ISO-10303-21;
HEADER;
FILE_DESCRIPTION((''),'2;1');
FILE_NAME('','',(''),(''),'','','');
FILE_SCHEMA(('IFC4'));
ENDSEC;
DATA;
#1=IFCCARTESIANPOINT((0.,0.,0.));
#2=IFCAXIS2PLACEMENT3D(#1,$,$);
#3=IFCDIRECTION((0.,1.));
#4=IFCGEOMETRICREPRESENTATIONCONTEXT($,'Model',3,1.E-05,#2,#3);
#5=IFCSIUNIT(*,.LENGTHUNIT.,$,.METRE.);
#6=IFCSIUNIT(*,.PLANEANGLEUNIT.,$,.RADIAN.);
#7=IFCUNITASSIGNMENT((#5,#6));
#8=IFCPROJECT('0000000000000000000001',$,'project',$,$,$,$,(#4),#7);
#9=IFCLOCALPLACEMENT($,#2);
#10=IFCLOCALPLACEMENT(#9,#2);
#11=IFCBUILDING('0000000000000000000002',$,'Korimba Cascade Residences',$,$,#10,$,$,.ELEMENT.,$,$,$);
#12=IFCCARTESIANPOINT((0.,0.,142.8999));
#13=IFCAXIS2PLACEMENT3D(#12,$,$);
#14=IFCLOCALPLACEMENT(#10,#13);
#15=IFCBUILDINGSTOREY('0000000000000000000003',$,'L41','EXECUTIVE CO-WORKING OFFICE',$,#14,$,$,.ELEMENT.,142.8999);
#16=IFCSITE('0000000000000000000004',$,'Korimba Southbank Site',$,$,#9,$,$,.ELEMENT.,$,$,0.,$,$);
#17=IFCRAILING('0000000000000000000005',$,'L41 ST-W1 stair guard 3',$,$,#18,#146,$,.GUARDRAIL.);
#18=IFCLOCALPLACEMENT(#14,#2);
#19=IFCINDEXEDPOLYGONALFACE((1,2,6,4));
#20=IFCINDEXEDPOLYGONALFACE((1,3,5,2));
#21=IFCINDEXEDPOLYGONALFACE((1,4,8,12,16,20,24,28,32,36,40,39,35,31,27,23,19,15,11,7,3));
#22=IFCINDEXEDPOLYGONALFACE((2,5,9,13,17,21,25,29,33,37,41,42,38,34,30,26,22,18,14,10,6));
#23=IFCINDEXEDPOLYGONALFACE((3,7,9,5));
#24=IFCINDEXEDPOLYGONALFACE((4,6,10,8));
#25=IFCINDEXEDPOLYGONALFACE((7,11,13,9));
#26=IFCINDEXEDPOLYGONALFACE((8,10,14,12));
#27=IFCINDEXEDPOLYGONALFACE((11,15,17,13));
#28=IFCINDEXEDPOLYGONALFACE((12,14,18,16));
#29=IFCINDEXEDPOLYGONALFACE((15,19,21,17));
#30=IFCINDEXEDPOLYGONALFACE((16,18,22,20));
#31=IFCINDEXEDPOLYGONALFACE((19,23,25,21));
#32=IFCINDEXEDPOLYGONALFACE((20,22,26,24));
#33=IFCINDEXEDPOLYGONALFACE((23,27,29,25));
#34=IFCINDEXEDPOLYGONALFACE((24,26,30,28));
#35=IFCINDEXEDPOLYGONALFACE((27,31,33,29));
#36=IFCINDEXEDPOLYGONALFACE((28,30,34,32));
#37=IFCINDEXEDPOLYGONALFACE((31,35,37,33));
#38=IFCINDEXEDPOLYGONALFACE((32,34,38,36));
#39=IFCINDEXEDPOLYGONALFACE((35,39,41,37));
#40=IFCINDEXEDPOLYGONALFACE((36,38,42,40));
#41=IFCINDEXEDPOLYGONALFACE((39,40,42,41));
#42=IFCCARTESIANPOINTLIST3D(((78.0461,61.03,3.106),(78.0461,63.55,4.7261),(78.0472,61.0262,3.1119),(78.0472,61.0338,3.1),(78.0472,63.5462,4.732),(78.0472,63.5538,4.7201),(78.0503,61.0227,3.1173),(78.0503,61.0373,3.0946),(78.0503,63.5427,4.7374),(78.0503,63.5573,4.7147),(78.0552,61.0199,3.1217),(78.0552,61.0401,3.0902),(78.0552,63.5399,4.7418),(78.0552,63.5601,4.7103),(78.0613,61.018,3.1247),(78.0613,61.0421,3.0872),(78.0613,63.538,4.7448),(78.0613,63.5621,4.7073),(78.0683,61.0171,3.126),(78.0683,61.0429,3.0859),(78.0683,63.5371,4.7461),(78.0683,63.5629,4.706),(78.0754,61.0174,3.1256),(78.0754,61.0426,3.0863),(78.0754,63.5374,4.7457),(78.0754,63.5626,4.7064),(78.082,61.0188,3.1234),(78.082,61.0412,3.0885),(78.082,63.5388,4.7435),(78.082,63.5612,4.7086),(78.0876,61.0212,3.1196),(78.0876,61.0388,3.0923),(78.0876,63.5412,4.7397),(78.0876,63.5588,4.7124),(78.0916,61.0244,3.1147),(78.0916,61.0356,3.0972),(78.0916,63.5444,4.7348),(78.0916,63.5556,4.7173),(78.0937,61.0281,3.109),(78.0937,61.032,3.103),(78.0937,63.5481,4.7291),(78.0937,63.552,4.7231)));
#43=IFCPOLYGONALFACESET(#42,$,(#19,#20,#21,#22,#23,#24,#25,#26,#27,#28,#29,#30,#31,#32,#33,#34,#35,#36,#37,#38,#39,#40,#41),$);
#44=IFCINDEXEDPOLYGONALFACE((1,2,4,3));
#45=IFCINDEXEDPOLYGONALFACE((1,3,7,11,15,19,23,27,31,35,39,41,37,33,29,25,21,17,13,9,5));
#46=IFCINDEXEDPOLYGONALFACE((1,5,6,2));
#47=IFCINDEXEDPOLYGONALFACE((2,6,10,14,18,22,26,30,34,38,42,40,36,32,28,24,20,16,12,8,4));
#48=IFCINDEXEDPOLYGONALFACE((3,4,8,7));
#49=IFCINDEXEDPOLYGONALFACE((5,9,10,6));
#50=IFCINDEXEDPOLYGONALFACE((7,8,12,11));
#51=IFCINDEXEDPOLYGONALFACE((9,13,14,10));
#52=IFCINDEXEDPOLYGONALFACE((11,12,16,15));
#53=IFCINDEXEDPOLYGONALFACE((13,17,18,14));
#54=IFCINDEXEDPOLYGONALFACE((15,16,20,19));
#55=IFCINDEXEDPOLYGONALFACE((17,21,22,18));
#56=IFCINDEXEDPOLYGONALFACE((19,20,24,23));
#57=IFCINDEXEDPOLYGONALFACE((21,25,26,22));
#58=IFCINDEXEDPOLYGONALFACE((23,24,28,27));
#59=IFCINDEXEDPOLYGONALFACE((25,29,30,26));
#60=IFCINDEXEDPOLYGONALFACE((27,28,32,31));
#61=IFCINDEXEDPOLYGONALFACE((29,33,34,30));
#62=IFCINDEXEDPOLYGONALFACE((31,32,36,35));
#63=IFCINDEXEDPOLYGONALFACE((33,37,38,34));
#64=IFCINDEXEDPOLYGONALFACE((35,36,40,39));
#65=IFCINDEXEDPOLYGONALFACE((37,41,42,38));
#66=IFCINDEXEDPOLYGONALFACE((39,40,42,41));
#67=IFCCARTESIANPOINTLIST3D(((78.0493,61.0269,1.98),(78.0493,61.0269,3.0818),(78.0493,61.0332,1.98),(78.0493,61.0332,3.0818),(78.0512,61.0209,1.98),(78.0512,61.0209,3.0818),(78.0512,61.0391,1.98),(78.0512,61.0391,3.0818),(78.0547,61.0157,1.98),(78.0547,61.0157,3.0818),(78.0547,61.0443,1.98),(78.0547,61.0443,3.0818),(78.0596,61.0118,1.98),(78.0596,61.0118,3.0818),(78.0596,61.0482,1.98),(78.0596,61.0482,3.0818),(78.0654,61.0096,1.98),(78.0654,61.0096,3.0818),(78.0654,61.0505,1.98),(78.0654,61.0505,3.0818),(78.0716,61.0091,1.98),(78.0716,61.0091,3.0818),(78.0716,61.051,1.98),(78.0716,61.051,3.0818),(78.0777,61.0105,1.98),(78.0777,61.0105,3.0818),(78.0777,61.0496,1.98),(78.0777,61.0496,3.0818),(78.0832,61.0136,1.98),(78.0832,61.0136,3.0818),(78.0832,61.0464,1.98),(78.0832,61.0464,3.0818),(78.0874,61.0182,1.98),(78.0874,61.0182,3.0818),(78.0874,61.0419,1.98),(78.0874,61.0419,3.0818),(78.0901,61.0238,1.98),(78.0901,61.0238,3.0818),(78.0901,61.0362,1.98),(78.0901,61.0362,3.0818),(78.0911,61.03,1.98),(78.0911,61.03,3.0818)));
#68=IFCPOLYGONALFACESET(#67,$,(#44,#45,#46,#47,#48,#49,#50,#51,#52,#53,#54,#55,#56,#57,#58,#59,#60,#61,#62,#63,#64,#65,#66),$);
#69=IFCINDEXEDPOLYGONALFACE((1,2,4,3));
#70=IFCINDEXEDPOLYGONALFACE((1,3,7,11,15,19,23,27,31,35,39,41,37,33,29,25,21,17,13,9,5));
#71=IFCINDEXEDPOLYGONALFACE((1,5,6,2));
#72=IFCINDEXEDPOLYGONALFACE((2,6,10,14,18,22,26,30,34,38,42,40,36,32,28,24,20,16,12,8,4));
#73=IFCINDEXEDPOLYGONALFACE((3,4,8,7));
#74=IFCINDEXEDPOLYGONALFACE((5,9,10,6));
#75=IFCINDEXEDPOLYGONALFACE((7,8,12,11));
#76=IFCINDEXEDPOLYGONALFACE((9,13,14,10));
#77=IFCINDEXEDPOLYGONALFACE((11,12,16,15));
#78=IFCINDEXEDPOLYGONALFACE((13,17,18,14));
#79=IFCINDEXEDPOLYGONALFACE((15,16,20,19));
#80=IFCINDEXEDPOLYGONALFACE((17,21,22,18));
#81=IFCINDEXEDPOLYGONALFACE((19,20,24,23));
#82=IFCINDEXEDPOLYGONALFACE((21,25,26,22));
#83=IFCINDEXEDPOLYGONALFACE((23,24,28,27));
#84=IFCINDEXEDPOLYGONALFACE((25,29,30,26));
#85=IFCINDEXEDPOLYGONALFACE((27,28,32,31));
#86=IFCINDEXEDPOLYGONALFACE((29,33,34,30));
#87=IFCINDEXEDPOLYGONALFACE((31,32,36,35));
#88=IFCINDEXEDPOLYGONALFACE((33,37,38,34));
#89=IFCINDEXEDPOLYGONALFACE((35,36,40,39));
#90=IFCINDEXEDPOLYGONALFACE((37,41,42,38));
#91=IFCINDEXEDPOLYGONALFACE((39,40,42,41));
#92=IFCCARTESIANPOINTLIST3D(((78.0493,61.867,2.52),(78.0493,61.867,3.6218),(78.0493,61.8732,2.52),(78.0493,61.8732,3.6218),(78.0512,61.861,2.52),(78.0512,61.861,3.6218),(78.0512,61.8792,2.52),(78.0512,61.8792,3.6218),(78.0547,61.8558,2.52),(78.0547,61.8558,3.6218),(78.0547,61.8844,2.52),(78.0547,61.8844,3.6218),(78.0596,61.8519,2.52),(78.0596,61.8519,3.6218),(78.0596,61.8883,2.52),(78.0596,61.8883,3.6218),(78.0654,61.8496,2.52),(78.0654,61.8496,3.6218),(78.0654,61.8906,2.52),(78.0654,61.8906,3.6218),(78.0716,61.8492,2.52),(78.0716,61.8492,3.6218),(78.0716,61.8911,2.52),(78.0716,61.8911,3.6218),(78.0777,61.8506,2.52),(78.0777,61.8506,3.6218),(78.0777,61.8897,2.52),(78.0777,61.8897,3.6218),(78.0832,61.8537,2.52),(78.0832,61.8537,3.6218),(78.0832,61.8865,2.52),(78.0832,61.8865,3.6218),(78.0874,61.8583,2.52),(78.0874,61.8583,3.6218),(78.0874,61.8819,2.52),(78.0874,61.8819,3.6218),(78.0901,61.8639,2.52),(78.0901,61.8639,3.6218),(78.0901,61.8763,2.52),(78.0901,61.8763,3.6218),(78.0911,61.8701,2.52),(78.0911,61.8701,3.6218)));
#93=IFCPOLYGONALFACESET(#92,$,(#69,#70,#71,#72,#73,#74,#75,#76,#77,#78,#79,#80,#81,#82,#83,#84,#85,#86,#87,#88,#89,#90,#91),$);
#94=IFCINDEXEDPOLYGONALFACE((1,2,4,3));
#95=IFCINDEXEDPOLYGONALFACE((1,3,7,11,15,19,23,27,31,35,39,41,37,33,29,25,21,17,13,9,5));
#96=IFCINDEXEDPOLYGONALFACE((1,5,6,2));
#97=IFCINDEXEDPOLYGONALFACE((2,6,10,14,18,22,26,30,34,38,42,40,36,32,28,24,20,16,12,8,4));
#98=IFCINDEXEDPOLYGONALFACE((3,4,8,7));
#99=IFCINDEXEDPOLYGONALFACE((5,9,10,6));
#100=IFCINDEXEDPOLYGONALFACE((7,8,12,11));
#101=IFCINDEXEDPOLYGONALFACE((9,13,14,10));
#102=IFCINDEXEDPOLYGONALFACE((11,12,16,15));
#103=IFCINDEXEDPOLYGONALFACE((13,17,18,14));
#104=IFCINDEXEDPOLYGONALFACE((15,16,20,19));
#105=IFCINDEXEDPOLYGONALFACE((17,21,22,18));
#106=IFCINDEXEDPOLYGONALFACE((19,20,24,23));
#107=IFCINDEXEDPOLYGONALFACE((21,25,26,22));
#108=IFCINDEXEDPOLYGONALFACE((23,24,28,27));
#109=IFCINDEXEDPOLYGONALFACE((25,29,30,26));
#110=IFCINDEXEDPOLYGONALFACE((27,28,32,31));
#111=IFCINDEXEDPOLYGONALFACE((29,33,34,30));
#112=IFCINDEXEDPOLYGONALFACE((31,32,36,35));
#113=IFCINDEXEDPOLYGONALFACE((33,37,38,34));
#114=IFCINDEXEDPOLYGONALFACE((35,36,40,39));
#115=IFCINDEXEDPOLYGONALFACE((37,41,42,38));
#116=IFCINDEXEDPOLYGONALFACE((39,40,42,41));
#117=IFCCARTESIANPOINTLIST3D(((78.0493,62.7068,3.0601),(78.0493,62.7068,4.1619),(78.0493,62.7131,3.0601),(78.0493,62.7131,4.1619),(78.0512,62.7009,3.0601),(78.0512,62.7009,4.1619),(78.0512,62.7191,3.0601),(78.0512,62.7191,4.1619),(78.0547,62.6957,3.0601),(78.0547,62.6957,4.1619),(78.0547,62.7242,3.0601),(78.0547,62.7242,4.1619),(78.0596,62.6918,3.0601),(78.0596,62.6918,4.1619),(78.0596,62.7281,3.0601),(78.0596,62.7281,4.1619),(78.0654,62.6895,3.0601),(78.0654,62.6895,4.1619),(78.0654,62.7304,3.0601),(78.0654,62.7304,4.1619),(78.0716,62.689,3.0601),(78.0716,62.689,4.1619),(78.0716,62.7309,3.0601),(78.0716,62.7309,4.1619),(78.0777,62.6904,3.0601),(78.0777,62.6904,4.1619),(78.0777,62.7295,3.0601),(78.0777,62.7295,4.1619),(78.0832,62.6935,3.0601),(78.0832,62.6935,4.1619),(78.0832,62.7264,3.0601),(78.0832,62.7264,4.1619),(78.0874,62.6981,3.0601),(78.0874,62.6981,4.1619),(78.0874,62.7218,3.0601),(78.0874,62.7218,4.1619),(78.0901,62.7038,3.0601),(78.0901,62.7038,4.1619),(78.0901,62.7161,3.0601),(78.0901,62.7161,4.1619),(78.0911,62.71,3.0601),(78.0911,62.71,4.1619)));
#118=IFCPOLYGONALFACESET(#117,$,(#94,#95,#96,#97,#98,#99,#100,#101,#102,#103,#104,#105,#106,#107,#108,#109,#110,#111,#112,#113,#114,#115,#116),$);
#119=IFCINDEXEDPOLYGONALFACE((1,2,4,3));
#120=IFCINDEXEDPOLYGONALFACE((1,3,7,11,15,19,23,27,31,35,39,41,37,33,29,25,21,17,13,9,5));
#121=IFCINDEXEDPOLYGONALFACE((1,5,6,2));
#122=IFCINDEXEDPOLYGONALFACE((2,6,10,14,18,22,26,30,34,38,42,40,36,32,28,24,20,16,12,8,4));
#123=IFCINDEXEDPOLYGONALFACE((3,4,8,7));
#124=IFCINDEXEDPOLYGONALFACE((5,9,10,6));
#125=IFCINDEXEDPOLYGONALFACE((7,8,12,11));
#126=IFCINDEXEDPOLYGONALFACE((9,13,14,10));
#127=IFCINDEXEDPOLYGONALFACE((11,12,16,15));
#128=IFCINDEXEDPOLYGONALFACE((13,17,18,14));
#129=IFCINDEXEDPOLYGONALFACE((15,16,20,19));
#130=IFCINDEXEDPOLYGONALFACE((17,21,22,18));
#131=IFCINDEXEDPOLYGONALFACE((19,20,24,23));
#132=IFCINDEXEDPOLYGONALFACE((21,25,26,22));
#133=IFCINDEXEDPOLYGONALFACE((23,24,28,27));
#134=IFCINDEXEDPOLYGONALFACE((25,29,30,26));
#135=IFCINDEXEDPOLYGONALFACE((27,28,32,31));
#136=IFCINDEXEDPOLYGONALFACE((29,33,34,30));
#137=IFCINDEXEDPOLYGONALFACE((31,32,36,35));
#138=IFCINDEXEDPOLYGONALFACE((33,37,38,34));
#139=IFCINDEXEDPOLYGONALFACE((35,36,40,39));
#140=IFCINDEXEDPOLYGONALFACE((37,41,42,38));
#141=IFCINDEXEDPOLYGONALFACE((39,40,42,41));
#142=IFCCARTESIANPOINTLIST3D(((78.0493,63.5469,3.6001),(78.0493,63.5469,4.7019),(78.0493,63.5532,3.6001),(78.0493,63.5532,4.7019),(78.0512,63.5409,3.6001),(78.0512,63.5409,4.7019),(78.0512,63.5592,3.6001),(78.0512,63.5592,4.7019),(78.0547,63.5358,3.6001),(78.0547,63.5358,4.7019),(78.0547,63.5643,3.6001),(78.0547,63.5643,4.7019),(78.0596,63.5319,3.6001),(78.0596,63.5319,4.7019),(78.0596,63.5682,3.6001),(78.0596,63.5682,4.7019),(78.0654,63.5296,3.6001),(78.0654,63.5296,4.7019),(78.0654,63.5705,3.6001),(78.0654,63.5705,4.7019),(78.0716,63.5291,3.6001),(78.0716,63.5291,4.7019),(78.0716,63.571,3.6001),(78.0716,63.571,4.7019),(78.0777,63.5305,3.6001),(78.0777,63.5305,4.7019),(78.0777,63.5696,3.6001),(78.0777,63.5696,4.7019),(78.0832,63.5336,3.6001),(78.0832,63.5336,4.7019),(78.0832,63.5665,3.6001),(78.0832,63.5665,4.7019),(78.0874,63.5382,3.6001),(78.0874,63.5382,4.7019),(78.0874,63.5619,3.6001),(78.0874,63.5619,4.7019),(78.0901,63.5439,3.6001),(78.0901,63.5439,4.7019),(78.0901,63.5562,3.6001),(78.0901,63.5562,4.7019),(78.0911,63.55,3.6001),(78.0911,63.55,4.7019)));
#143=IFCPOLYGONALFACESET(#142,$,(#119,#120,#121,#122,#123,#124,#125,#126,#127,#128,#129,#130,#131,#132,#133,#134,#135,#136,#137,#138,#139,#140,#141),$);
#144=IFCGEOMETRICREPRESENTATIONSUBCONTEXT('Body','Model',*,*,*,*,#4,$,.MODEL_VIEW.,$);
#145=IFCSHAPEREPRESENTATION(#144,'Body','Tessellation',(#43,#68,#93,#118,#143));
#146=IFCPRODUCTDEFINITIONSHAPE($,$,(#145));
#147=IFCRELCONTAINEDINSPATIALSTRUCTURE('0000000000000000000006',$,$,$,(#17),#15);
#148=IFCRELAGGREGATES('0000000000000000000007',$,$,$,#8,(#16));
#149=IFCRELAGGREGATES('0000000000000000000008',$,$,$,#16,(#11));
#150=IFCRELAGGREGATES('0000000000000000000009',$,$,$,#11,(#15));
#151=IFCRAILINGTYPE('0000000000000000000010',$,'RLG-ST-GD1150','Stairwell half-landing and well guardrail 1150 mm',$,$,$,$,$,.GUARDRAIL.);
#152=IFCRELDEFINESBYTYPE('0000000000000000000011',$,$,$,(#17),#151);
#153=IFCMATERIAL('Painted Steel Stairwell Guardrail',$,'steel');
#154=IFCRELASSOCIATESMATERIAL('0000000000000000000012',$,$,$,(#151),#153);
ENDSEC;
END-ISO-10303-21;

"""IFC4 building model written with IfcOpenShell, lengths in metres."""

from ifc_helpers import new_model, si_unit, direction, frame, origin, origin_2d, place, context, subcontext, project, spatial, circle, extrude, material, type_object, element, save


model = new_model("IFC4")

# Units and contexts
model_context = context("Model", 3, precision=1e-05, world=origin(), true_north=direction((0.0, 1.0)))
body_context = subcontext(model_context, "Body", "Model", "MODEL_VIEW")
ifc_project = project(units=[si_unit("LENGTHUNIT", "METRE"), si_unit("PLANEANGLEUNIT", "RADIAN")], contexts=[model_context])

# Site, building, storey
site_placement = place(None, origin())
site = spatial("IfcSite", under=ifc_project, at=site_placement, Name="Korimba Southbank Site", CompositionType="ELEMENT", RefElevation=0.0)
building_placement = place(site_placement, origin())
building = spatial("IfcBuilding", under=site, at=building_placement, Name="Korimba Cascade Residences", CompositionType="ELEMENT")
storey_placement = place(building_placement, frame((0.0, 0.0, 142.8999)))
storey = spatial("IfcBuildingStorey", under=building, at=storey_placement, Name="L41", Description="EXECUTIVE CO-WORKING OFFICE", CompositionType="ELEMENT", Elevation=142.8999)

# Railing
ifc_material_1 = material(Name="Painted Steel Stairwell Guardrail", Category="steel")
railing_type_1 = type_object("IfcRailingType", Name="RLG-ST-GD1150", Description="Stairwell half-landing and well guardrail 1150 mm", PredefinedType="GUARDRAIL", material=ifc_material_1)
railing_1_placement = place(storey_placement, frame((78.0701, 61.03, 1.98)))
element("IfcRailing", 1, at=railing_1_placement, inside=storey, type_object=railing_type_1, Name="L41 ST-W1 stair guard 3", PredefinedType="GUARDRAIL", context=body_context, shape_type="SweptSolid", body=[
    extrude(circle(Radius=0.0239, at=origin_2d()), frame((0.0, 0.0, 1.126), z_axis=(0.0, 0.841163, 0.540782), x_axis=(-1.0, 0.0, 0.0)), (0.0, 0.0, 1.0), 2.9958),
    extrude(circle(Radius=0.021, at=origin_2d()), origin(), (0.0, 0.0, 1.0), 1.1018),
    extrude(circle(Radius=0.021, at=origin_2d()), frame((0.0, 0.8401, 0.54)), (0.0, 0.0, 1.0), 1.1018),
    extrude(circle(Radius=0.021, at=origin_2d()), frame((0.0, 1.6799, 1.0801)), (0.0, 0.0, 1.0), 1.1018),
    extrude(circle(Radius=0.021, at=origin_2d()), frame((0.0, 2.52, 1.6201)), (0.0, 0.0, 1.0), 1.1018),
])

save(model, "model.ifc")
